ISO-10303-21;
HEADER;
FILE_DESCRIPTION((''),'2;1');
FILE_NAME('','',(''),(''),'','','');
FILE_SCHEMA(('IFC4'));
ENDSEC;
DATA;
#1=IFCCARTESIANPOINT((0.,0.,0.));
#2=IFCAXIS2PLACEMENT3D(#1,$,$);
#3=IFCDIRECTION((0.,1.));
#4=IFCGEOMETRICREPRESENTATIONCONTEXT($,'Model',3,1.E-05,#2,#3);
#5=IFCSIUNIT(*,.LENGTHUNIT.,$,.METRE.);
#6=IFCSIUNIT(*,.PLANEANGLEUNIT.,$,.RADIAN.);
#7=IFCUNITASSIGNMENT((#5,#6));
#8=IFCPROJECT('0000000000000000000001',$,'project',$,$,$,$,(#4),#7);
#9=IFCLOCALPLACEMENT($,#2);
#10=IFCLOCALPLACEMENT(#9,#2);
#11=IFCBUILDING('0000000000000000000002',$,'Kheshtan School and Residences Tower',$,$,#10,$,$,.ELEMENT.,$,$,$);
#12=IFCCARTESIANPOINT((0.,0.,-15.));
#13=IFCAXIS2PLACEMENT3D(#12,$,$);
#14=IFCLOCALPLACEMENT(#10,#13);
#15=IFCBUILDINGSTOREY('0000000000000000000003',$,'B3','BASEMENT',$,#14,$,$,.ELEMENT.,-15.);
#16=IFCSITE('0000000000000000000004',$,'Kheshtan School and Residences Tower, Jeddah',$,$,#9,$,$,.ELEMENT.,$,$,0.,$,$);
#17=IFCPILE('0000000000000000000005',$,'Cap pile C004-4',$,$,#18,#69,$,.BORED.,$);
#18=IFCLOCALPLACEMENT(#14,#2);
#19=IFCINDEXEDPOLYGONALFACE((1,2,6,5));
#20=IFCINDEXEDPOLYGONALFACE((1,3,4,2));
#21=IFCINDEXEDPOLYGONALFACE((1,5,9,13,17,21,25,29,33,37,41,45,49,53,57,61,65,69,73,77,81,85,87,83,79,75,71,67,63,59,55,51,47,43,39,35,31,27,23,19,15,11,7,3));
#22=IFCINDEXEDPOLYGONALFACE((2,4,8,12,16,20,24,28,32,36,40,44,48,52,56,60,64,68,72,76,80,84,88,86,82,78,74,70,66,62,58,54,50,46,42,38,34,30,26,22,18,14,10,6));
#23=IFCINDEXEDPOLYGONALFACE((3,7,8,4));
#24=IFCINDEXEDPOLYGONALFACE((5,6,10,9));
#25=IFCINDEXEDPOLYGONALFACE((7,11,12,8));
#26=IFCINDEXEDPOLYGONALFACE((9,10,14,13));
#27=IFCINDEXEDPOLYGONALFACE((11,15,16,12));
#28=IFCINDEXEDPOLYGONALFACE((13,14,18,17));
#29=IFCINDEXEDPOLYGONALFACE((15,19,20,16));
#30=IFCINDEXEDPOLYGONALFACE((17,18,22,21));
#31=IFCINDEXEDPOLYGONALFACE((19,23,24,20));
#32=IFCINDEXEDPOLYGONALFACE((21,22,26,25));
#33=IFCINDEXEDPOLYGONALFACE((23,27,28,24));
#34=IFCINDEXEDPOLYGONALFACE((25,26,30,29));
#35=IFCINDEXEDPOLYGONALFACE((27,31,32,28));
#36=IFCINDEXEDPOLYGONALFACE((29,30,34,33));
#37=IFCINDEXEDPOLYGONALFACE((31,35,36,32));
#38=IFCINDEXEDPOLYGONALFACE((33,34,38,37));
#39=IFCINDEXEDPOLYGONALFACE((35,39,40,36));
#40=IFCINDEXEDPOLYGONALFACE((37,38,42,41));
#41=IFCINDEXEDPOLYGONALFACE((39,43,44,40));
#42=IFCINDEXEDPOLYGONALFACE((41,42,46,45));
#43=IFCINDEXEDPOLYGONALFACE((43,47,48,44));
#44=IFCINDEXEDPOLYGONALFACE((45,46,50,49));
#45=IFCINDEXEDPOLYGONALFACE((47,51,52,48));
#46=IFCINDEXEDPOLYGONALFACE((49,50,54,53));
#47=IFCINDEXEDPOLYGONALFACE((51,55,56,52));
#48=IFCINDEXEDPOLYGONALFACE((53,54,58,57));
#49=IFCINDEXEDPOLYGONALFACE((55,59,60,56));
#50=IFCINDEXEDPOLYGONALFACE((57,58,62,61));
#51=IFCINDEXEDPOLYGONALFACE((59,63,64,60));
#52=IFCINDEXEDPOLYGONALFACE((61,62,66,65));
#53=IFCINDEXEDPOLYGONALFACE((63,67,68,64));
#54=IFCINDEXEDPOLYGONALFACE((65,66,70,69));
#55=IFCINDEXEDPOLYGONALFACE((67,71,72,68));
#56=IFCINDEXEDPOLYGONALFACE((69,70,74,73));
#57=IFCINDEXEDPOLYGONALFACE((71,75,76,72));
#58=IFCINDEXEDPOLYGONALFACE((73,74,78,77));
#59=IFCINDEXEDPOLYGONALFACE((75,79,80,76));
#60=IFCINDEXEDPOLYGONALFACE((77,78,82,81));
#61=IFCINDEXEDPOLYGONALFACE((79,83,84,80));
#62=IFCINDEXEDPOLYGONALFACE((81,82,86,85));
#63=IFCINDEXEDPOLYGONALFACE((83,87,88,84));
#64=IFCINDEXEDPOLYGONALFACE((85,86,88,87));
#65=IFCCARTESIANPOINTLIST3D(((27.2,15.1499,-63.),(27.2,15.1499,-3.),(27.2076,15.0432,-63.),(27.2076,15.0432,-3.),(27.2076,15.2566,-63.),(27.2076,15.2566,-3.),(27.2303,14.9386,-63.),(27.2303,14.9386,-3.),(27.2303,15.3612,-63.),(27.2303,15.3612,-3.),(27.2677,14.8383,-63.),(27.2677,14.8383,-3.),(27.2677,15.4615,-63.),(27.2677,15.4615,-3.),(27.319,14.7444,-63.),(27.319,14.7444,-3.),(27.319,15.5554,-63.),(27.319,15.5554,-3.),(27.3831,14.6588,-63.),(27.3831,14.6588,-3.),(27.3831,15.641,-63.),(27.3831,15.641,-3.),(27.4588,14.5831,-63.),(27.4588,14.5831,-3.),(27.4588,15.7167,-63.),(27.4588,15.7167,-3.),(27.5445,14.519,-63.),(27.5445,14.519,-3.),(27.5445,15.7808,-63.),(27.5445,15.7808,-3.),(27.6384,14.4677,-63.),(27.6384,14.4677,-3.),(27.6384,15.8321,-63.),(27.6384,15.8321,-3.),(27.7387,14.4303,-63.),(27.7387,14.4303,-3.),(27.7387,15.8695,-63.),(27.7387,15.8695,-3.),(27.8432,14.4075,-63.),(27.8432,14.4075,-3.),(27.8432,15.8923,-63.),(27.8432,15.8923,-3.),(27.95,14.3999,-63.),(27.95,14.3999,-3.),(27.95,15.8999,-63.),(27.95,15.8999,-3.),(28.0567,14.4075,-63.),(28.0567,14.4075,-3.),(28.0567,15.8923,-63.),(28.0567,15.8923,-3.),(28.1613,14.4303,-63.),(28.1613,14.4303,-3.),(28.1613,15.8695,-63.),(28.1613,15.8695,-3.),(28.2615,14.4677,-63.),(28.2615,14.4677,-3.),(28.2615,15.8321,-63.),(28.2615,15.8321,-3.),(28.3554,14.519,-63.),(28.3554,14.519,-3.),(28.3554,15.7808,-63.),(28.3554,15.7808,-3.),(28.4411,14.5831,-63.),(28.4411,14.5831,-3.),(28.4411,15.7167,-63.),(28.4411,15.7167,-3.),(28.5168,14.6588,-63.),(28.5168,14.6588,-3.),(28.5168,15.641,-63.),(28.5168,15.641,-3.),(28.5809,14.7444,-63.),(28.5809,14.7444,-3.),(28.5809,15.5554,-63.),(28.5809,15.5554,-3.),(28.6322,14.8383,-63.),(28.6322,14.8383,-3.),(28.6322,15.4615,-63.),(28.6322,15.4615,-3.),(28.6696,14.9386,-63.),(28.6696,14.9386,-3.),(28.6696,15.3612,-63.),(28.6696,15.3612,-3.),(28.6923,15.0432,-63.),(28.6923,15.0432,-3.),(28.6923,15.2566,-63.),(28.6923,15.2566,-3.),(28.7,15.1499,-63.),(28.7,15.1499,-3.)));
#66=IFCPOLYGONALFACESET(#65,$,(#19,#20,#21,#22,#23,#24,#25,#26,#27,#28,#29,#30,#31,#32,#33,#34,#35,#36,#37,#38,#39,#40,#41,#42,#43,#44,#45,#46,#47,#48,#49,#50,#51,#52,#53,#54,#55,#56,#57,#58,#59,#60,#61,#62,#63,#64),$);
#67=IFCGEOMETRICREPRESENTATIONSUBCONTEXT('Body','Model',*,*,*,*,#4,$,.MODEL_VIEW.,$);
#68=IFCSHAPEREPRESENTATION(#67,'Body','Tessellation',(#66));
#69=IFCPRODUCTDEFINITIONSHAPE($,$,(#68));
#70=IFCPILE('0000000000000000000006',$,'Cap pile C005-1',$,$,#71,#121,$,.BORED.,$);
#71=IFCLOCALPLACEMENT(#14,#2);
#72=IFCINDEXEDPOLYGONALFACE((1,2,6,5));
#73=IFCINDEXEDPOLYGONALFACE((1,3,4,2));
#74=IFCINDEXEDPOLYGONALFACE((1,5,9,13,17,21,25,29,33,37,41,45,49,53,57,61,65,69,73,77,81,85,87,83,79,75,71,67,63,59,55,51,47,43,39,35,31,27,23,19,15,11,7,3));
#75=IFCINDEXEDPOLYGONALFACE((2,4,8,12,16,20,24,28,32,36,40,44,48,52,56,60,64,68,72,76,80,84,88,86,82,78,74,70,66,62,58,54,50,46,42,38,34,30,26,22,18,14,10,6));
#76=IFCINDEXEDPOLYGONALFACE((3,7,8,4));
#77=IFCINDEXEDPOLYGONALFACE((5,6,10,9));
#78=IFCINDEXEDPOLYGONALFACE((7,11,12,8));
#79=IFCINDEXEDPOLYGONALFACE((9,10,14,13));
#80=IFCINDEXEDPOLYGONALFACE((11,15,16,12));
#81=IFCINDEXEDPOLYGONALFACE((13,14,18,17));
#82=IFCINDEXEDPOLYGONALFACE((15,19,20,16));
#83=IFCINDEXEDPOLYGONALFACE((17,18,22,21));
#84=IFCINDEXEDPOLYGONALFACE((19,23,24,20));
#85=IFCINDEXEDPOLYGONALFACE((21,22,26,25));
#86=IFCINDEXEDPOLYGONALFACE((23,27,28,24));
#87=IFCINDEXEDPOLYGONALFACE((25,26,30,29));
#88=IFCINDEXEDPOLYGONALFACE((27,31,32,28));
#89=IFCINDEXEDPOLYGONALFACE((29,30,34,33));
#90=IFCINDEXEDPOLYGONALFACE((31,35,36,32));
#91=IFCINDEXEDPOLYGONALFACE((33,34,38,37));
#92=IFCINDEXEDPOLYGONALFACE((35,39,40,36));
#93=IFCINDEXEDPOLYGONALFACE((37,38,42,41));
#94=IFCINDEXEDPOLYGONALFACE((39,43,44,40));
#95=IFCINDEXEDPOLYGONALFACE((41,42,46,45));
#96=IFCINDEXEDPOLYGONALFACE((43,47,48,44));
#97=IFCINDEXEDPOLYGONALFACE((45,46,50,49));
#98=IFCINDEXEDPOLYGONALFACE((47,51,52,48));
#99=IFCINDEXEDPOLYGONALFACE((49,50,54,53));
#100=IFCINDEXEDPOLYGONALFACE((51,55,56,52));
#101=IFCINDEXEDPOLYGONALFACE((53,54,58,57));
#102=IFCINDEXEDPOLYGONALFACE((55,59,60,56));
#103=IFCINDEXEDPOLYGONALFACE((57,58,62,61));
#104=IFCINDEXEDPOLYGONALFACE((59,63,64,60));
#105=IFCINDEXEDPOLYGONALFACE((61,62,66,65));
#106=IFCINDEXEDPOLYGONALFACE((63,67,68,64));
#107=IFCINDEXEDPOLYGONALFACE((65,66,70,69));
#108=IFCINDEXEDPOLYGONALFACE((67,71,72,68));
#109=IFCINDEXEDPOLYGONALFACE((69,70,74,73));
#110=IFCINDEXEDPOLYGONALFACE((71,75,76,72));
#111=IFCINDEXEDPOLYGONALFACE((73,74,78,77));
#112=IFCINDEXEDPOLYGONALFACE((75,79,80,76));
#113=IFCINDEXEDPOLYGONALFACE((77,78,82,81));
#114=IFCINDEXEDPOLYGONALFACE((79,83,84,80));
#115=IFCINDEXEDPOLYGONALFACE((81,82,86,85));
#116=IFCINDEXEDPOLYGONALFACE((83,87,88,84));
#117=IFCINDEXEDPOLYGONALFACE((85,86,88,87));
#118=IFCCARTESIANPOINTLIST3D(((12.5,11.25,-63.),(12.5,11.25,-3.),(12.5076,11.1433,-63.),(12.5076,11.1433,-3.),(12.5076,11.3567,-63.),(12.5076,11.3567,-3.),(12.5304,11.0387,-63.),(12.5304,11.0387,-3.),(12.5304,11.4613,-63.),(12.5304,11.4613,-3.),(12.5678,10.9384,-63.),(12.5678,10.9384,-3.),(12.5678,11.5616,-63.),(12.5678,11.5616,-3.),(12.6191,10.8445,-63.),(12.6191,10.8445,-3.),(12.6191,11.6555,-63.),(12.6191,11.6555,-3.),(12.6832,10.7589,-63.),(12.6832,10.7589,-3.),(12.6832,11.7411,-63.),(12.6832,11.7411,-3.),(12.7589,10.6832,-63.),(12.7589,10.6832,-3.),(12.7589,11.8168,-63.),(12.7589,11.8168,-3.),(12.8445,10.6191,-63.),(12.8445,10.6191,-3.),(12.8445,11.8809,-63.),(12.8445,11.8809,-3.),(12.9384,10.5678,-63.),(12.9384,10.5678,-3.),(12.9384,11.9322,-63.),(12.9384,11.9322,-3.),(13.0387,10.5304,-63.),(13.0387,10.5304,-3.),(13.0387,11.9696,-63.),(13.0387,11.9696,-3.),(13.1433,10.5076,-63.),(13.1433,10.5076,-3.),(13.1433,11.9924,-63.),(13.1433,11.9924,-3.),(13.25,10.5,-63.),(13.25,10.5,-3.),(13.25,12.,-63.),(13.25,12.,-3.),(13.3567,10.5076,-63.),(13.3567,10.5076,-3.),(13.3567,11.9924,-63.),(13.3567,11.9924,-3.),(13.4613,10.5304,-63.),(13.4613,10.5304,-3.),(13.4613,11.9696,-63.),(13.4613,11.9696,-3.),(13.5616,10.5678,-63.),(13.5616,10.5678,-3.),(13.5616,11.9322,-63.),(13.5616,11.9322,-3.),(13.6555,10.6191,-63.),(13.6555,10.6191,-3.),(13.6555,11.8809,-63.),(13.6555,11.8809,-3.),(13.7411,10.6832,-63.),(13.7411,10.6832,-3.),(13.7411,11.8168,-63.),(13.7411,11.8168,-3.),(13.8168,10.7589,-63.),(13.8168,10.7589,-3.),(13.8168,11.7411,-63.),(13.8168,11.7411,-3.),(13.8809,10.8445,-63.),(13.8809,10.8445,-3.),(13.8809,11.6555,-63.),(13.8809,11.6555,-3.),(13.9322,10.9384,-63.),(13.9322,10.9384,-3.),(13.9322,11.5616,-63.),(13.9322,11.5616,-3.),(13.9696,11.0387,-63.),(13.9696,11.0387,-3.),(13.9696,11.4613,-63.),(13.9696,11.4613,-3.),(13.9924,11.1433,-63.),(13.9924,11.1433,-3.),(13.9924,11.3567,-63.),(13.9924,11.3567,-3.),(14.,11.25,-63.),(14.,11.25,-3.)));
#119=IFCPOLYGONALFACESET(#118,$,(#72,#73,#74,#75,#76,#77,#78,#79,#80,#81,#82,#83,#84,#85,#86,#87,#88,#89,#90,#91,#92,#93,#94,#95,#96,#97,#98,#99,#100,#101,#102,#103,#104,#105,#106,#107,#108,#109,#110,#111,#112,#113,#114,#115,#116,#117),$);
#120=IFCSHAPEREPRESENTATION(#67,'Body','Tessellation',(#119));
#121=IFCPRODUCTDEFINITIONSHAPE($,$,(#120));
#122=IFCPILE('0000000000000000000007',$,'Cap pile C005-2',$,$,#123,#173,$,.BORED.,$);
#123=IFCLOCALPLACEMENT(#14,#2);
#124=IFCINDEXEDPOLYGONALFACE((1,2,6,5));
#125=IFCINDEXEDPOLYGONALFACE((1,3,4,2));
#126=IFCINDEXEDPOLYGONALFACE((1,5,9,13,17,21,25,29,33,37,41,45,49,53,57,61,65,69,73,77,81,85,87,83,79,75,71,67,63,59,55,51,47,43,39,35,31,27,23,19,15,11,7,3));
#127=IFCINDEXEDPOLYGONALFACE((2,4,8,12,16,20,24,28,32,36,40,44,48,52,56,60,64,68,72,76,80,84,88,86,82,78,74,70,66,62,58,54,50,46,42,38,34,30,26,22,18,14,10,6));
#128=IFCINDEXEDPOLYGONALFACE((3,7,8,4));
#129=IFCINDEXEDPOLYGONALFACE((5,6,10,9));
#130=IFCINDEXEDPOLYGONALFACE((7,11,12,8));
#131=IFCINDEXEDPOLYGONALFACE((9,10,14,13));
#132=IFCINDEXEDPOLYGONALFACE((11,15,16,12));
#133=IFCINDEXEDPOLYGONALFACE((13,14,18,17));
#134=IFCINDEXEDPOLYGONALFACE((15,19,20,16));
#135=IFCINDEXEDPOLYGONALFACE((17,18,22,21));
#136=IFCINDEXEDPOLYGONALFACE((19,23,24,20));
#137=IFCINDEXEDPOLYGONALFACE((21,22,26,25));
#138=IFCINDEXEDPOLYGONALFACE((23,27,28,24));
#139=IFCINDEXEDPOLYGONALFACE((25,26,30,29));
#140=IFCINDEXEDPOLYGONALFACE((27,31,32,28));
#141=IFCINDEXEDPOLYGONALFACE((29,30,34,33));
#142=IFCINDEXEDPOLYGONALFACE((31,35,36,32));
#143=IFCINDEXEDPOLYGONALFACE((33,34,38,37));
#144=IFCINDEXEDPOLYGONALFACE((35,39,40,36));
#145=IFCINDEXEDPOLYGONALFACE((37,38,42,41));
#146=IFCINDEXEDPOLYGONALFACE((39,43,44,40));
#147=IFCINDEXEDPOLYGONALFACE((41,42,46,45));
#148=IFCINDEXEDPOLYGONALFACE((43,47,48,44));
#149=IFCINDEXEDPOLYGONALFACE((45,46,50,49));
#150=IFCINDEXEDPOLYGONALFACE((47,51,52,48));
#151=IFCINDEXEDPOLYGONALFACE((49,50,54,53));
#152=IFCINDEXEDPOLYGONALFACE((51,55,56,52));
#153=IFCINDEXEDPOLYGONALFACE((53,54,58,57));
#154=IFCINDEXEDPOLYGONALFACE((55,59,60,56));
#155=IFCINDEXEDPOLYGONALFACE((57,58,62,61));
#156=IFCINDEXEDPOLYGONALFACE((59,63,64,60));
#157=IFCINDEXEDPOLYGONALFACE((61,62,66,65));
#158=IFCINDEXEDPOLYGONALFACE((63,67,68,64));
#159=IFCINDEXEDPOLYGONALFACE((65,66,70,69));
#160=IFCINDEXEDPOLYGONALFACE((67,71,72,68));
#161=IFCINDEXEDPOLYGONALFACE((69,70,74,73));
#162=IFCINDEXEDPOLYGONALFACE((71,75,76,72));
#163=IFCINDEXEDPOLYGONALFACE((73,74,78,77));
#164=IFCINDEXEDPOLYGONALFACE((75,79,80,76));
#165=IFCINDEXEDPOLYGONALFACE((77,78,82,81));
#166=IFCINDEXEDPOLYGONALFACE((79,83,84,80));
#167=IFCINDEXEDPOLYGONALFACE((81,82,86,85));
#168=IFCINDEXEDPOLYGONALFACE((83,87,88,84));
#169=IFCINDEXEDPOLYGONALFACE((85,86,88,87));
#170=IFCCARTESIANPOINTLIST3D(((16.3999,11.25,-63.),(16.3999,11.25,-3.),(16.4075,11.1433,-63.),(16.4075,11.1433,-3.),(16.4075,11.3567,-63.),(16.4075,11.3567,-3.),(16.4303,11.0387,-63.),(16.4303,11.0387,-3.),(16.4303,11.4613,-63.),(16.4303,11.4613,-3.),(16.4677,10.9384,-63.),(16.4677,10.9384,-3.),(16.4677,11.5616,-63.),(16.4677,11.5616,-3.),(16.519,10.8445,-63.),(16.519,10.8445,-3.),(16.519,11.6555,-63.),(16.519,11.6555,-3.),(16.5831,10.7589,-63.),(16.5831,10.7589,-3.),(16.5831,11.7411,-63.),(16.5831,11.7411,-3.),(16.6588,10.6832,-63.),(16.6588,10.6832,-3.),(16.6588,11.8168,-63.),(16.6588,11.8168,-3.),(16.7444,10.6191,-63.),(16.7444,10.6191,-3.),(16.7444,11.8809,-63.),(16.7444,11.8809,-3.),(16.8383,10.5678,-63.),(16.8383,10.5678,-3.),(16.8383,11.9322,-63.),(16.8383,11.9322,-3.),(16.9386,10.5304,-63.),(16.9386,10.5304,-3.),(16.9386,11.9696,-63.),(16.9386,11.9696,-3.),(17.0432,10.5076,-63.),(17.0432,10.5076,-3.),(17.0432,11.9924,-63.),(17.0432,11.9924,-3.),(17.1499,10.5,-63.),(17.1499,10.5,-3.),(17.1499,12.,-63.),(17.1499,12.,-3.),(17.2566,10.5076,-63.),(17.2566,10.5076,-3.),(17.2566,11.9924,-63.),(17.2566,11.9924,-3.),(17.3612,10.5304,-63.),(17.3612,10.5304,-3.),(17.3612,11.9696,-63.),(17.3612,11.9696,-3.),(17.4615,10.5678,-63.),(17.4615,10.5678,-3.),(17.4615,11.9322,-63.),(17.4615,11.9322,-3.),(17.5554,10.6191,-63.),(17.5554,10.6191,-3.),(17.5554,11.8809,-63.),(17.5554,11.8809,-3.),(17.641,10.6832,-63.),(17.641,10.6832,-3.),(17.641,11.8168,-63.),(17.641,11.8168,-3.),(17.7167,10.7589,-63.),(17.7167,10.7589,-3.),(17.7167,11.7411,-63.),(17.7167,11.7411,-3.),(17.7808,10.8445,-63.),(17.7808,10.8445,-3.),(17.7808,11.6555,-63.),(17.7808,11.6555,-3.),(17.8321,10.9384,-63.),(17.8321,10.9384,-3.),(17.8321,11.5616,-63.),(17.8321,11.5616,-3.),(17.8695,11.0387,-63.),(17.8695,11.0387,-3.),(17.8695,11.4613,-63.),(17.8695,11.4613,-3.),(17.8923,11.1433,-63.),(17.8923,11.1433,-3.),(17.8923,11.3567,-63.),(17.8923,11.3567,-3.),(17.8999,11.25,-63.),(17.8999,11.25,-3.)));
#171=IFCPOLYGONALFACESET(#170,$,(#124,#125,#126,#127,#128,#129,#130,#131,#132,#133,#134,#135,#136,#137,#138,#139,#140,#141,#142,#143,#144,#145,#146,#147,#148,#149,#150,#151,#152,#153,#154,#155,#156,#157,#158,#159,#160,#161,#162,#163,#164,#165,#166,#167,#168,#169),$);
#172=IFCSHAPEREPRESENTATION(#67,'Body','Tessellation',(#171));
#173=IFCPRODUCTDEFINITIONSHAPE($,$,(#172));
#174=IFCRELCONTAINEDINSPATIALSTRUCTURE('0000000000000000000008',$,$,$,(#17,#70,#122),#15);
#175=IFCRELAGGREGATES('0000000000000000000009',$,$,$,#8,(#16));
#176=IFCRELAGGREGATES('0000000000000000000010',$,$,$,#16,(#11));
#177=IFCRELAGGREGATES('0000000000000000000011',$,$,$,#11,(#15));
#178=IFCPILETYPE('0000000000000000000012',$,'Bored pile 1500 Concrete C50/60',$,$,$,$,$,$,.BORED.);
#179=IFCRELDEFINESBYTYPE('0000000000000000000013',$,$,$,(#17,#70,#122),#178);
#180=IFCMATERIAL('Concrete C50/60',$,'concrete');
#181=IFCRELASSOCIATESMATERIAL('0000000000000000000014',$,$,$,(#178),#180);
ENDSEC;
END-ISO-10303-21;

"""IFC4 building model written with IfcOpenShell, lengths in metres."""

from ifc_helpers import new_model, si_unit, direction, frame, origin, origin_2d, place, context, subcontext, project, spatial, circle, extrude, material, material_profile, profile_set, type_object, element, save


model = new_model("IFC4")

# Units and contexts
model_context = context("Model", 3, precision=1e-05, world=origin(), true_north=direction((0.0, 1.0)))
body_context = subcontext(model_context, "Body", "Model", "MODEL_VIEW")
ifc_project = project(units=[si_unit("LENGTHUNIT", "METRE"), si_unit("PLANEANGLEUNIT", "RADIAN")], contexts=[model_context])

# Site, building, storey
site_placement = place(None, origin())
site = spatial("IfcSite", under=ifc_project, at=site_placement, Name="Kheshtan School and Residences Tower, Jeddah", CompositionType="ELEMENT", RefElevation=0.0)
building_placement = place(site_placement, origin())
building = spatial("IfcBuilding", under=site, at=building_placement, Name="Kheshtan School and Residences Tower", CompositionType="ELEMENT")
storey_placement = place(building_placement, frame((0.0, 0.0, -15.0)))
storey = spatial("IfcBuildingStorey", under=building, at=storey_placement, Name="B3", Description="BASEMENT", CompositionType="ELEMENT", Elevation=-15.0)

# Piles
ifc_material_1 = material(Name="Concrete C50/60", Category="concrete")
ifc_material_profile_1 = material_profile(ifc_material_1, circle(Radius=0.75, at=origin_2d()), Name="BP 1500")
ifc_profile_set_1 = profile_set([ifc_material_profile_1], Name="Concrete C50/60")
pile_type_1 = type_object("IfcPileType", Name="Bored pile 1500 Concrete C50/60", PredefinedType="BORED", material=ifc_profile_set_1)
for number, where, z_axis, x_axis, name in (
    (1, (27.95, 15.1499, -3.0), (0.0, 0.0, -1.0), (1.0, 0.0, 0.0), "Cap pile C004-4"),
    (2, (13.25, 11.25, -3.0), (0.0, 0.0, -1.0), (1.0, 0.0, 0.0), "Cap pile C005-1"),
    (3, (17.1499, 11.25, -3.0), (0.0, 0.0, -1.0), (1.0, 0.0, 0.0), "Cap pile C005-2"),
):
    element("IfcPile", number, at=place(storey_placement, frame(where, z_axis=z_axis, x_axis=x_axis)), inside=storey, type_object=pile_type_1, Name=name, PredefinedType="BORED", context=body_context, shape_type="SweptSolid", body=[
        extrude(circle(Radius=0.75, at=origin_2d()), origin(), (0.0, 0.0, 1.0), 60.0),
    ])

save(model, "model.ifc")
